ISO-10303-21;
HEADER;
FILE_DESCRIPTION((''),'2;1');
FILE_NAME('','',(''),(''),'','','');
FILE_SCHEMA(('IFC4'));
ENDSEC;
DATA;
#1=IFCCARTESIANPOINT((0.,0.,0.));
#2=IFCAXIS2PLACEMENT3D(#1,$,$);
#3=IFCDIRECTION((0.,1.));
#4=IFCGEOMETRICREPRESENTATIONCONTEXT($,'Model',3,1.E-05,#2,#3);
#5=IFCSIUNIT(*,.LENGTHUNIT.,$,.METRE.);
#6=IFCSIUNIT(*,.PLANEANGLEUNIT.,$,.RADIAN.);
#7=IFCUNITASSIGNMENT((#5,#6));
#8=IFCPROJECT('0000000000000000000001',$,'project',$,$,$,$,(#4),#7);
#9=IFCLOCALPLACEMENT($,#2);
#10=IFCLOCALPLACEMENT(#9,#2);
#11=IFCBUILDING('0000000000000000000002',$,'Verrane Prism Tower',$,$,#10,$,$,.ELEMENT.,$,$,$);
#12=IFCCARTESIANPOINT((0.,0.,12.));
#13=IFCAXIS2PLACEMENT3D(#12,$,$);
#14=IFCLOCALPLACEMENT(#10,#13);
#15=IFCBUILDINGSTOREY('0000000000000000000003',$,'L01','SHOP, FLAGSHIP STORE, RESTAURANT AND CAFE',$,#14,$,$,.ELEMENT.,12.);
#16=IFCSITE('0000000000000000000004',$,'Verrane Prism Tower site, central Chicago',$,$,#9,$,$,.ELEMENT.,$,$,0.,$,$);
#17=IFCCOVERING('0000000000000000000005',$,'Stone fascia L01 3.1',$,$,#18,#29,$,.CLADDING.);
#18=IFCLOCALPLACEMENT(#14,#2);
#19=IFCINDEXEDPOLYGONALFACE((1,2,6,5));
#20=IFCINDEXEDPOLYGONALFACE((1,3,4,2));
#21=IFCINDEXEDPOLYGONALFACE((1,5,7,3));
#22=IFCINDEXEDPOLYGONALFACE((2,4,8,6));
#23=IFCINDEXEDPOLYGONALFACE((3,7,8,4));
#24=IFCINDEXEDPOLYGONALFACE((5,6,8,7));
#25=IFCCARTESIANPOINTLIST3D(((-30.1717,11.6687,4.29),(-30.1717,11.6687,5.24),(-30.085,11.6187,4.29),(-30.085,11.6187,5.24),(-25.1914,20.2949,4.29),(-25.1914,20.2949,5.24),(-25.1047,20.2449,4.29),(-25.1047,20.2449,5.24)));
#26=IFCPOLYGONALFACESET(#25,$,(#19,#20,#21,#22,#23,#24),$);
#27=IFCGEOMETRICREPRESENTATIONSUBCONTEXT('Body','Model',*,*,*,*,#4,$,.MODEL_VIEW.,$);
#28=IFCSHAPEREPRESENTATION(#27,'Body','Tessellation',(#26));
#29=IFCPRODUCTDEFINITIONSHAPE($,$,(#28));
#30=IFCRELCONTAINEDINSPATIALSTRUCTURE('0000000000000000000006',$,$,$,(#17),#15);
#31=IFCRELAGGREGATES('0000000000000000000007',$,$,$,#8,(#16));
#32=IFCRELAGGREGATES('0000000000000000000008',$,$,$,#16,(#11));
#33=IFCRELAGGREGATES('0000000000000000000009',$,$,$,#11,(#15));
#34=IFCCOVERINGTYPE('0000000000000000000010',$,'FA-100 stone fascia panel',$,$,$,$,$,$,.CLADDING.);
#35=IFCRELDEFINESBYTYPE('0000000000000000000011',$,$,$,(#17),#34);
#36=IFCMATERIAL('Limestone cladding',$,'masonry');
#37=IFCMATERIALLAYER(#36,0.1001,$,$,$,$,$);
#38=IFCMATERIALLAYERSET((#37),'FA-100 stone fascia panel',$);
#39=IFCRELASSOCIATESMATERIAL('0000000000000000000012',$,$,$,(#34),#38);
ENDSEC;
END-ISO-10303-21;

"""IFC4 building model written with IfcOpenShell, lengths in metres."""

from ifc_helpers import new_model, si_unit, direction, frame, origin, origin_2d, place, context, subcontext, project, spatial, rectangle, extrude, material, layer, layer_set, type_object, element, save


model = new_model("IFC4")

# Units and contexts
model_context = context("Model", 3, precision=1e-05, world=origin(), true_north=direction((0.0, 1.0)))
body_context = subcontext(model_context, "Body", "Model", "MODEL_VIEW")
ifc_project = project(units=[si_unit("LENGTHUNIT", "METRE"), si_unit("PLANEANGLEUNIT", "RADIAN")], contexts=[model_context])

# Site, building, storey
site_placement = place(None, origin())
site = spatial("IfcSite", under=ifc_project, at=site_placement, Name="Verrane Prism Tower site, central Chicago", CompositionType="ELEMENT", RefElevation=0.0)
building_placement = place(site_placement, origin())
building = spatial("IfcBuilding", under=site, at=building_placement, Name="Verrane Prism Tower", CompositionType="ELEMENT")
storey_placement = place(building_placement, frame((0.0, 0.0, 12.0)))
storey = spatial("IfcBuildingStorey", under=building, at=storey_placement, Name="L01", Description="SHOP, FLAGSHIP STORE, RESTAURANT AND CAFE", CompositionType="ELEMENT", Elevation=12.0)

# Covering
ifc_material_1 = material(Name="Limestone cladding", Category="masonry")
ifc_layer_1 = layer(ifc_material_1, 0.1001)
ifc_layer_set_1 = layer_set([ifc_layer_1], Name="FA-100 stone fascia panel")
covering_type = type_object("IfcCoveringType", Name="FA-100 stone fascia panel", PredefinedType="CLADDING", material=ifc_layer_set_1)
covering_1_placement = place(storey_placement, frame((-27.6382, 15.9568, 4.29), z_axis=(0.0, 0.0, 1.0), x_axis=(-0.499999, -0.866026, 0.0)))
element("IfcCovering", 1, at=covering_1_placement, inside=storey, type_object=covering_type, Name="Stone fascia L01 3.1", PredefinedType="CLADDING", context=body_context, shape_type="SweptSolid", body=[
    extrude(rectangle(XDim=9.9607, YDim=0.1001, at=origin_2d()), origin(), (0.0, 0.0, 1.0), 0.95),
])

save(model, "model.ifc")
